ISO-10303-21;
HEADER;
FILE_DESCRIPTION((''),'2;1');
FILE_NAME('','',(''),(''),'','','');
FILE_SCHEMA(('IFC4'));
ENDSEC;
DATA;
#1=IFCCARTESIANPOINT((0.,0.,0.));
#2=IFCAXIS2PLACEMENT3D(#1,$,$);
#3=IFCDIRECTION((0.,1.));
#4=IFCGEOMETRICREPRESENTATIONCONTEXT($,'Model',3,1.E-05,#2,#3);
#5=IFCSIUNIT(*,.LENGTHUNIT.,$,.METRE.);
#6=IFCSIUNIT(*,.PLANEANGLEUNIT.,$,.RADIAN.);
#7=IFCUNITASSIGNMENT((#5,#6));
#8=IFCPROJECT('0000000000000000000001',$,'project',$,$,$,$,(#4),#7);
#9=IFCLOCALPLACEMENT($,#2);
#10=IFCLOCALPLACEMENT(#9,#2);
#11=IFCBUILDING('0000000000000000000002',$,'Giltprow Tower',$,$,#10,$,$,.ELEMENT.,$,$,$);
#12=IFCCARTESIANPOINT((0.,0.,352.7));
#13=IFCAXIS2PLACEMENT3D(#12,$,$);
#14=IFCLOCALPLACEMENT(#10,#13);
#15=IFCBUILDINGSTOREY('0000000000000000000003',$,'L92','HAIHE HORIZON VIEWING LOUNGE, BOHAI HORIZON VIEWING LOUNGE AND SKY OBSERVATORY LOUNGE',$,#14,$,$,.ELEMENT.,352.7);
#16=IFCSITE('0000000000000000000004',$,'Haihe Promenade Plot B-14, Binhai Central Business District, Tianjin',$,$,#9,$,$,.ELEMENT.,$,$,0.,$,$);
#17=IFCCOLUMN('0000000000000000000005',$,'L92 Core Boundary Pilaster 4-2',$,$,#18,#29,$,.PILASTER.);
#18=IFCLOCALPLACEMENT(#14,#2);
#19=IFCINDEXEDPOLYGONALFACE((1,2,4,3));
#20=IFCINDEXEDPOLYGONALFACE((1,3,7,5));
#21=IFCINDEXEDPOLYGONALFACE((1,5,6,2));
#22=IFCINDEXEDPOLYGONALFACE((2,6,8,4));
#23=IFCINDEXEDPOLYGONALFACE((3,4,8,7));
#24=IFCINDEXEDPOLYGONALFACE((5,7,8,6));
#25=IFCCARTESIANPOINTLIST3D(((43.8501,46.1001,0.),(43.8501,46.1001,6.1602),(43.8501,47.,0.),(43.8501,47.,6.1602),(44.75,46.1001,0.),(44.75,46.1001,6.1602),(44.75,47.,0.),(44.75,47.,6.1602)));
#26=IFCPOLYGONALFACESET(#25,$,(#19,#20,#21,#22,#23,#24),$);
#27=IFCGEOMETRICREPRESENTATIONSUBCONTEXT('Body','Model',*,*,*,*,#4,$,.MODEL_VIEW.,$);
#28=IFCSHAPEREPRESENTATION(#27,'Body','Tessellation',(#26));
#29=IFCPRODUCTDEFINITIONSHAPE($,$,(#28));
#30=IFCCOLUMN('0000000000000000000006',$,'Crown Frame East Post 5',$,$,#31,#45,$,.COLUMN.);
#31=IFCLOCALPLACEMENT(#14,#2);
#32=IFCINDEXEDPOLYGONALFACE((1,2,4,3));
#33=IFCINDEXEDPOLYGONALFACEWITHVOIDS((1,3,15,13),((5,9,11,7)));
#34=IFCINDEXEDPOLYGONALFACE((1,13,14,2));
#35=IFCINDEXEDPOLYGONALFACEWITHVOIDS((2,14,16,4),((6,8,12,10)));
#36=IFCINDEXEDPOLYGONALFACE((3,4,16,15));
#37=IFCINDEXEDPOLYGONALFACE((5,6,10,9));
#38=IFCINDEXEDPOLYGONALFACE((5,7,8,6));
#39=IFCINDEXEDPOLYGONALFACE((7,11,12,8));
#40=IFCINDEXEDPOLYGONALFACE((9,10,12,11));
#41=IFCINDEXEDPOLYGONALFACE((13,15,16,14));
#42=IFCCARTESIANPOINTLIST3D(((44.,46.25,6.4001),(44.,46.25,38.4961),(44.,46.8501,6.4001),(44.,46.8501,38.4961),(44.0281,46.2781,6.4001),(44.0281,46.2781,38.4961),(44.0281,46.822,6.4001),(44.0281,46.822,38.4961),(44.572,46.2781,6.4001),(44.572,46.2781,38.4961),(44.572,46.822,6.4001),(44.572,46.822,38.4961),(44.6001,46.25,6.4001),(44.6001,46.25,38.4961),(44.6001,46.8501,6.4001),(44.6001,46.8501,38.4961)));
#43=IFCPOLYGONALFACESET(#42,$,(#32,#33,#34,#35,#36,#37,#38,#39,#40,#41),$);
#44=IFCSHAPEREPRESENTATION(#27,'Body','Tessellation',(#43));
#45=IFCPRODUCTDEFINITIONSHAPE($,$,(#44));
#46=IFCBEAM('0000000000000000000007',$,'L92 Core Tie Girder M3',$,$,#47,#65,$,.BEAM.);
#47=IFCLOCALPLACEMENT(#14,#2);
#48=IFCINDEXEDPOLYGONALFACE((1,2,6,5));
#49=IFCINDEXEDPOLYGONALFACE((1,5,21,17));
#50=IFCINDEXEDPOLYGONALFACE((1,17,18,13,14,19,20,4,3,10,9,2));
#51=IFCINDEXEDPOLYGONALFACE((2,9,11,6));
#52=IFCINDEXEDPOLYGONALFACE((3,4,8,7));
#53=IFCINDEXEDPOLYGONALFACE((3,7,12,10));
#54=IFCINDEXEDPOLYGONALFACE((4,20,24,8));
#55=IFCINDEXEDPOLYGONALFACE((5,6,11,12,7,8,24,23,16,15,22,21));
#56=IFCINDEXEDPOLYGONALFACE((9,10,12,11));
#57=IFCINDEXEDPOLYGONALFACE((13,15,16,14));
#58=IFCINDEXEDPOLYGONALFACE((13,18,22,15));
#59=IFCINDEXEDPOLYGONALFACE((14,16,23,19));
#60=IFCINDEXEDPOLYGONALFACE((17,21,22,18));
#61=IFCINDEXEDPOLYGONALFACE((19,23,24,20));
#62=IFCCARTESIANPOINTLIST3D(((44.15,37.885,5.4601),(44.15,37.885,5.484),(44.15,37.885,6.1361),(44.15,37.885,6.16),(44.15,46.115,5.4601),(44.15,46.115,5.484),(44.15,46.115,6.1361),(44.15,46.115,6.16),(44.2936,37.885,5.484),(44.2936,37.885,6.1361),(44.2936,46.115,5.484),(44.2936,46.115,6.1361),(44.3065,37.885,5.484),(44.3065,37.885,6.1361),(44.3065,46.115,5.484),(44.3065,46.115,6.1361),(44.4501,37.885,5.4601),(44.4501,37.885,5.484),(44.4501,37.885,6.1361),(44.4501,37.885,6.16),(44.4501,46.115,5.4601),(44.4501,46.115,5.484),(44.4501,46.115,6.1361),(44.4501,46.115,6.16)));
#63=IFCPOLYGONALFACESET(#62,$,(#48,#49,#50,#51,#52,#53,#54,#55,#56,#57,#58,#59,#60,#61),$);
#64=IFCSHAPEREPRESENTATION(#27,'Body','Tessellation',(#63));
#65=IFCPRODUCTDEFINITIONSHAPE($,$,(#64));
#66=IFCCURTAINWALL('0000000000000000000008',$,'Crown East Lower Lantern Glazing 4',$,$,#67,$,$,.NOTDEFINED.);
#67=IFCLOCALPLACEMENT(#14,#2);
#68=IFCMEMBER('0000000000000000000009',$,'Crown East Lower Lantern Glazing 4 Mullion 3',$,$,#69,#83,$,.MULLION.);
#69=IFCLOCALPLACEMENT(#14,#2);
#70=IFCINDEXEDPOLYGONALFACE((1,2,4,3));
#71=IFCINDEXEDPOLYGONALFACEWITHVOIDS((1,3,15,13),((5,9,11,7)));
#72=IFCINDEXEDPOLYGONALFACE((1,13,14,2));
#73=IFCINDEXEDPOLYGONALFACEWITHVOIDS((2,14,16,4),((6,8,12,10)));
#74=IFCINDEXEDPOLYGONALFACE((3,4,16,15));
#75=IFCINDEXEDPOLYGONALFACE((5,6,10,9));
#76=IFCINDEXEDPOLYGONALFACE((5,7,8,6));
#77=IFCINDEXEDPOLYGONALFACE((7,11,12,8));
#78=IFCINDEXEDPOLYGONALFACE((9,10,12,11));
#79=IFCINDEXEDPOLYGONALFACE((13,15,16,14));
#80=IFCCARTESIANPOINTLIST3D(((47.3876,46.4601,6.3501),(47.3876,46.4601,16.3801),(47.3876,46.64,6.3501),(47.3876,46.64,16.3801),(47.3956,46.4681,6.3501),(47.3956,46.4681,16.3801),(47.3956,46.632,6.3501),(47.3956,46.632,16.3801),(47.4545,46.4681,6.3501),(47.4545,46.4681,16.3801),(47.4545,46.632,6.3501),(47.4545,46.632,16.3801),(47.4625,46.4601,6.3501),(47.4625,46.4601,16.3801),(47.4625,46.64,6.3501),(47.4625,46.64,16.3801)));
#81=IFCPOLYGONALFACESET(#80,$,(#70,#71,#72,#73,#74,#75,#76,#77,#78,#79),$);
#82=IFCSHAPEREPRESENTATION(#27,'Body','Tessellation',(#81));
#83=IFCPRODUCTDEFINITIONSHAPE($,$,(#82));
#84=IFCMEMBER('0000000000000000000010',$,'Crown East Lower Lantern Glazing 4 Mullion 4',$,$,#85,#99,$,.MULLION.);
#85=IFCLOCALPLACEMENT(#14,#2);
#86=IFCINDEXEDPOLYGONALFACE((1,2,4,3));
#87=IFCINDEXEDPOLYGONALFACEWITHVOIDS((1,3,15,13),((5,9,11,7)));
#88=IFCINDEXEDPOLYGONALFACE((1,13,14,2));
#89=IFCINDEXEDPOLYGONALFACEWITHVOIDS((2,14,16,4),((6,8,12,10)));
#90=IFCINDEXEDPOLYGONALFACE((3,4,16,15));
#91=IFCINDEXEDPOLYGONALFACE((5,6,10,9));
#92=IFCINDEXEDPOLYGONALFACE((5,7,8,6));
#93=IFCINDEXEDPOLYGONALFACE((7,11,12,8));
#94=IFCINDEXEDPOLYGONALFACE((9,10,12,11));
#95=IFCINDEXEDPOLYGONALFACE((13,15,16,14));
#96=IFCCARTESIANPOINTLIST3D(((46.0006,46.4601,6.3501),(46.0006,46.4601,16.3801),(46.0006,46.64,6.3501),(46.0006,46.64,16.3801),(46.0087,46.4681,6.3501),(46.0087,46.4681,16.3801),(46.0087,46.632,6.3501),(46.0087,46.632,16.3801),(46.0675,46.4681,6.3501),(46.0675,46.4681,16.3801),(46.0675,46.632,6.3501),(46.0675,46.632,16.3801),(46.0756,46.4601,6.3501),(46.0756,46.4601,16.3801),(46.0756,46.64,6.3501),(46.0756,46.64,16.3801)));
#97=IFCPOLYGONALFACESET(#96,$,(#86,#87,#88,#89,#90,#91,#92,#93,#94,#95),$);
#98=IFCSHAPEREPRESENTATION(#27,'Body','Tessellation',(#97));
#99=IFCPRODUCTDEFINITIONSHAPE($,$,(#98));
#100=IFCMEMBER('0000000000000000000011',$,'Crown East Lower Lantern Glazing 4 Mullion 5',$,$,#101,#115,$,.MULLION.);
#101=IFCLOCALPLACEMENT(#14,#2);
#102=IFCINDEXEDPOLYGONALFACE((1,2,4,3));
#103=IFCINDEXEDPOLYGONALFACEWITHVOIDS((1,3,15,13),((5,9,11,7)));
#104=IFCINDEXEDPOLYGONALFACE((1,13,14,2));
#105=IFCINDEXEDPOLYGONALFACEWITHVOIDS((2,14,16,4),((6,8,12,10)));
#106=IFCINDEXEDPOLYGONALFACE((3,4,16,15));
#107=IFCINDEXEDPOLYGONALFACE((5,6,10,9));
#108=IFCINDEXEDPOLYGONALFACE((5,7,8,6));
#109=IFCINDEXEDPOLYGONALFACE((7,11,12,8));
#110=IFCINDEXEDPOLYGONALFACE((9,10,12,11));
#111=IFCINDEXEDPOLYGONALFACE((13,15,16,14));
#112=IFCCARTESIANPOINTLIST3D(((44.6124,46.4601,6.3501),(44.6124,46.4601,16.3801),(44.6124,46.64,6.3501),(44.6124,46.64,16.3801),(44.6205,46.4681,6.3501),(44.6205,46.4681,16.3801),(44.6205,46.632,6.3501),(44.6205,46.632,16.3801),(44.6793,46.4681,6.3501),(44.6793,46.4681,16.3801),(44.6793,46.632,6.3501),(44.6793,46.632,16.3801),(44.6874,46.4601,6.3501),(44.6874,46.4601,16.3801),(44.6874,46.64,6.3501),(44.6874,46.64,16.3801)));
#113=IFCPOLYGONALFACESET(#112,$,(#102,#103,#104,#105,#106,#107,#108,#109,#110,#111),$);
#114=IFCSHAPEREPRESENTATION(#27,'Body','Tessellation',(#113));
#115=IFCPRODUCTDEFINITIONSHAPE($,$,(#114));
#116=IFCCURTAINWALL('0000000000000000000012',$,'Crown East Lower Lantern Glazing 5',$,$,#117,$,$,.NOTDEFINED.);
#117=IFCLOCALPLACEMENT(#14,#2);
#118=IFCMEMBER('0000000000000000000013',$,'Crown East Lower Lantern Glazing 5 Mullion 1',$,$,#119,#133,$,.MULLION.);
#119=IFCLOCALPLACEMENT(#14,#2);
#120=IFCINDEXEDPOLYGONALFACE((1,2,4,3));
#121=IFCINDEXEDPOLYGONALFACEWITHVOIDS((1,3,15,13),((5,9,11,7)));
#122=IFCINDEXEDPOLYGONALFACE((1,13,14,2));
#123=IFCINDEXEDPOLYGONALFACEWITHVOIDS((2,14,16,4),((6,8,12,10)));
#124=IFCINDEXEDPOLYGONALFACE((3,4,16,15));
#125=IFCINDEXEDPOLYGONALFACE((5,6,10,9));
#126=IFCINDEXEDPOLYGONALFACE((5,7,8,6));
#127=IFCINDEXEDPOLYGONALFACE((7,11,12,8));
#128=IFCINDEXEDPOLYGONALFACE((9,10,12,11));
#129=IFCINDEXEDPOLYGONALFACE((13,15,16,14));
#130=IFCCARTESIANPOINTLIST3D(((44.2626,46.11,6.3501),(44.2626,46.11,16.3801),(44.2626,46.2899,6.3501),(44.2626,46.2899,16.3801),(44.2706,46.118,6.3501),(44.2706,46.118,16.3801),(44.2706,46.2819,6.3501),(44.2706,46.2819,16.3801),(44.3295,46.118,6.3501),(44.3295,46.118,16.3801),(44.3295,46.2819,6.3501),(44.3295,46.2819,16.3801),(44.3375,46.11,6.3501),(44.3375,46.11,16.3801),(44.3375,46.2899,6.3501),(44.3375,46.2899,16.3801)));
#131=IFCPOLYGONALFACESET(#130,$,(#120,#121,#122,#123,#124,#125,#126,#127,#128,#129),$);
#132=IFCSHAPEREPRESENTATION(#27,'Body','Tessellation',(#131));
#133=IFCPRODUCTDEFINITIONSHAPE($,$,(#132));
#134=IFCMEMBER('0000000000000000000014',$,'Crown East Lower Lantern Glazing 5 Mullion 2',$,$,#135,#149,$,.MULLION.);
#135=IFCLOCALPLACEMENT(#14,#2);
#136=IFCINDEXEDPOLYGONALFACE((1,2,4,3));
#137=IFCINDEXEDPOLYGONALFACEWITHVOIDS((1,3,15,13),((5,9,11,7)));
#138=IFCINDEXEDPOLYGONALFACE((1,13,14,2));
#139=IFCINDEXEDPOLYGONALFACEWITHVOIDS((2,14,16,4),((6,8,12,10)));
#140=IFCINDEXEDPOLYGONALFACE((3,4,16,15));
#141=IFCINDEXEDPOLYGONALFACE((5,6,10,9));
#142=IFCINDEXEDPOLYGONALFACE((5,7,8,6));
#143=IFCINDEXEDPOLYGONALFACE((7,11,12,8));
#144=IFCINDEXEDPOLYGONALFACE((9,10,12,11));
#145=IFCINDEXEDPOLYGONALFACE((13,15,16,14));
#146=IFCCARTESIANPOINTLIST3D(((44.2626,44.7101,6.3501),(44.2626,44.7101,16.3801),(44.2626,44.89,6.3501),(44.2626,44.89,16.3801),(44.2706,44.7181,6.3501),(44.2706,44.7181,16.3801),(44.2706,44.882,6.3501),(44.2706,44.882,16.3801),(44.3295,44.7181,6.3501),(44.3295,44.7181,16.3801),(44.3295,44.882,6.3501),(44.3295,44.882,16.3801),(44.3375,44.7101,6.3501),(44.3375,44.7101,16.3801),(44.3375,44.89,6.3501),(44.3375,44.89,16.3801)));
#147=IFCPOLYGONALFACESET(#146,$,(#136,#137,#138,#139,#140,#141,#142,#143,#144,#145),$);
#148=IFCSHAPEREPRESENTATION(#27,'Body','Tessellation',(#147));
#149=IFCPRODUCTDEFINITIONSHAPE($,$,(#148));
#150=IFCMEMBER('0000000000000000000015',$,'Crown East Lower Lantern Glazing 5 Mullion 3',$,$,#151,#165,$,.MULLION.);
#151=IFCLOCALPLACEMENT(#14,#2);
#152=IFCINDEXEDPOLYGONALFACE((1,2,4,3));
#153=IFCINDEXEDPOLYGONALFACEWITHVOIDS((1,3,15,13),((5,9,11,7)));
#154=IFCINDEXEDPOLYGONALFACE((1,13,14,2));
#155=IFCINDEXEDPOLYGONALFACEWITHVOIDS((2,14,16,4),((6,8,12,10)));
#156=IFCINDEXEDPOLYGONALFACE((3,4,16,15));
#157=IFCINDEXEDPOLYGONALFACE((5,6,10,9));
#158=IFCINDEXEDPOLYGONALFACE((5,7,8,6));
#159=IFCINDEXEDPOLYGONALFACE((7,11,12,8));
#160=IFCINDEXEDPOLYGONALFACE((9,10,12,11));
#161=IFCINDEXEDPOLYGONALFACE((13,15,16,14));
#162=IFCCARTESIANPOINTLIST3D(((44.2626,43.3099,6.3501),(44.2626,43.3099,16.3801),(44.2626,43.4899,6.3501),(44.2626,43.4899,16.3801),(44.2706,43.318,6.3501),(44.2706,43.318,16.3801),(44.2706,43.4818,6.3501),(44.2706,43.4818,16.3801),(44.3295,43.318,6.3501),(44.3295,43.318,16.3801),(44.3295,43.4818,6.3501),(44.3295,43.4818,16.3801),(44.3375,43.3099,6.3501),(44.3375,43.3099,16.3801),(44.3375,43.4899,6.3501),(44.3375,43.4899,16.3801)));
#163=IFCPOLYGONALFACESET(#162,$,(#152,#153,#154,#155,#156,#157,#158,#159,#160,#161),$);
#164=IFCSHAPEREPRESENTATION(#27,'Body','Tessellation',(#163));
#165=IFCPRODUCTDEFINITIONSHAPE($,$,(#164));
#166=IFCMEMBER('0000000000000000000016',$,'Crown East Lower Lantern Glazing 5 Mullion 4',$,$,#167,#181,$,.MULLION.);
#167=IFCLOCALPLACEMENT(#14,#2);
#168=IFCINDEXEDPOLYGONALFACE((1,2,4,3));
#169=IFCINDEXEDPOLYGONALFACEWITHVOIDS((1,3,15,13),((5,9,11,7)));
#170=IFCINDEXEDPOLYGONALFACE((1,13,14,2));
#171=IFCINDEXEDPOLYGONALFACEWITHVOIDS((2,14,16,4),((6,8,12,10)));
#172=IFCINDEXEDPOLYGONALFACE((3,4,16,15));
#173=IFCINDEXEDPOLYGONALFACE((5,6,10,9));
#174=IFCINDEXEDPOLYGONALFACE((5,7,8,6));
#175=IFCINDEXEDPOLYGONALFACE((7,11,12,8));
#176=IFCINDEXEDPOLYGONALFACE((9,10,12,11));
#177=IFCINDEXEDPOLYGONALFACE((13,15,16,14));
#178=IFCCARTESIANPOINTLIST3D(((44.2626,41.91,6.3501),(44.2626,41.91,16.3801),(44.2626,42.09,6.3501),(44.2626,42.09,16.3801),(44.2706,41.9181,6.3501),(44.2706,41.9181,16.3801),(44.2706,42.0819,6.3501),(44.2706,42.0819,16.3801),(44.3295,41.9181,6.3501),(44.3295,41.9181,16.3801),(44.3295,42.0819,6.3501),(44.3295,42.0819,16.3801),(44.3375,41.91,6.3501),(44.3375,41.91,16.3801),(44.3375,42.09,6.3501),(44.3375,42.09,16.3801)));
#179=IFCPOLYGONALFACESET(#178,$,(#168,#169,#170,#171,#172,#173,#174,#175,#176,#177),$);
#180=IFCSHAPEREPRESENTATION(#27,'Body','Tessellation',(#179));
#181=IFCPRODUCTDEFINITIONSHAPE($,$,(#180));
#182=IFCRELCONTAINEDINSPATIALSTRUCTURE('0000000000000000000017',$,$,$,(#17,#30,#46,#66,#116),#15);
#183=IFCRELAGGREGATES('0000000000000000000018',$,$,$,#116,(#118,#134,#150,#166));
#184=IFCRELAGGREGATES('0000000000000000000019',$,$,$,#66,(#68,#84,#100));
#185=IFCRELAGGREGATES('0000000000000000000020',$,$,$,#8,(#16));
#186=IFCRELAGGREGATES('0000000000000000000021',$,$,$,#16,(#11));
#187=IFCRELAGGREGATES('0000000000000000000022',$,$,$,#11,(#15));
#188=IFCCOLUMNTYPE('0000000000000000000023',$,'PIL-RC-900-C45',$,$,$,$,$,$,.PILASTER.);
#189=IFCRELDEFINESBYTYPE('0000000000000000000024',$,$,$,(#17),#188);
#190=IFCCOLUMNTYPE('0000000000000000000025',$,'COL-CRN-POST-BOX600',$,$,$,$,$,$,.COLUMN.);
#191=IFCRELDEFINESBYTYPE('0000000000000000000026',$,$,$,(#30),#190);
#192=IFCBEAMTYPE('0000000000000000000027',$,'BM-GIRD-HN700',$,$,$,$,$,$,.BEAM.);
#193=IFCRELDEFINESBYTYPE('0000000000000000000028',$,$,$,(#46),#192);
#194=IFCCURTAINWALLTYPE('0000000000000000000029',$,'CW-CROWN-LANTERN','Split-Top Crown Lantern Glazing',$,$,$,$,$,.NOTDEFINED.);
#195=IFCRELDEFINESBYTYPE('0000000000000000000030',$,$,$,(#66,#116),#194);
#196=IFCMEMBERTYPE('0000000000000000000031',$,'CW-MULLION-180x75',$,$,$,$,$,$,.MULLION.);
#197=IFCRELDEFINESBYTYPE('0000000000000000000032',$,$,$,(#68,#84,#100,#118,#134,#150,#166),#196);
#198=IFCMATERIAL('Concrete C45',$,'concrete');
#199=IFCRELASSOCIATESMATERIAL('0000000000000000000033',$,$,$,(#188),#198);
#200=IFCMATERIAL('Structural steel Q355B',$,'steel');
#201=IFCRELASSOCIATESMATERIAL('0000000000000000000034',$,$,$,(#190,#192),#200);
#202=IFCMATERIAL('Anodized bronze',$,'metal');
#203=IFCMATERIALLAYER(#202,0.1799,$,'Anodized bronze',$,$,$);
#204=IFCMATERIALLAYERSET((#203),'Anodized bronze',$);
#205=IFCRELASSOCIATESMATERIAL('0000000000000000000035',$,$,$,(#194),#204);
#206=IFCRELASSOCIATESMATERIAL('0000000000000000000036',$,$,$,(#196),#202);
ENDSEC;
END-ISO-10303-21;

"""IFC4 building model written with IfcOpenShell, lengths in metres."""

from ifc_helpers import new_model, si_unit, direction, frame, origin, origin_2d, place, context, subcontext, project, spatial, rectangle, hollow_rectangle, i_section, extrude, source, transform, mapped, material, layer, layer_set, material_profile, profile_set, type_object, element, aggregate, save


model = new_model("IFC4")

# Units and contexts
model_context = context("Model", 3, precision=1e-05, world=origin(), true_north=direction((0.0, 1.0)))
body_context = subcontext(model_context, "Body", "Model", "MODEL_VIEW")
ifc_project = project(units=[si_unit("LENGTHUNIT", "METRE"), si_unit("PLANEANGLEUNIT", "RADIAN")], contexts=[model_context])

# Site, building, storey
site_placement = place(None, origin())
site = spatial("IfcSite", under=ifc_project, at=site_placement, Name="Haihe Promenade Plot B-14, Binhai Central Business District, Tianjin", CompositionType="ELEMENT", RefElevation=0.0)
building_placement = place(site_placement, origin())
building = spatial("IfcBuilding", under=site, at=building_placement, Name="Giltprow Tower", CompositionType="ELEMENT")
storey_placement = place(building_placement, frame((0.0, 0.0, 352.7)))
storey = spatial("IfcBuildingStorey", under=building, at=storey_placement, Name="L92", Description="HAIHE HORIZON VIEWING LOUNGE, BOHAI HORIZON VIEWING LOUNGE AND SKY OBSERVATORY LOUNGE", CompositionType="ELEMENT", Elevation=352.7)

# Columns
ifc_material_1 = material(Name="Concrete C45", Category="concrete")
ifc_material_profile_1 = material_profile(ifc_material_1, rectangle(XDim=0.8999, YDim=0.8999, at=origin_2d()), Name="RC 900x900")
ifc_profile_set_1 = profile_set([ifc_material_profile_1], Name="Concrete C45")
column_type_1 = type_object("IfcColumnType", Name="PIL-RC-900-C45", PredefinedType="PILASTER", material=ifc_profile_set_1)
shared_shape_1 = source(origin(), body_context, "Body", "SweptSolid", [
    extrude(rectangle(XDim=0.8999, YDim=0.8999, at=origin_2d()), origin(), (0.0, 0.0, 1.0), 6.1602),
])
column_1_placement = place(storey_placement, frame((44.3, 46.55, 0.0), z_axis=(0.0, 0.0, 1.0), x_axis=(1.0, 0.0, 0.0)))
element("IfcColumn", 1, at=column_1_placement, inside=storey, type_object=column_type_1, Name="L92 Core Boundary Pilaster 4-2", PredefinedType="PILASTER", context=body_context, shape_type="MappedRepresentation", body=[
    mapped(shared_shape_1, transform((0.0, 0.0, 0.0), x_axis=(1.0, 0.0, 0.0), y_axis=(0.0, 1.0, 0.0), z_axis=(0.0, 0.0, 1.0), scale=1.0)),
])
ifc_material_2 = material(Name="Structural steel Q355B", Category="steel")
ifc_material_profile_2 = material_profile(ifc_material_2, hollow_rectangle(XDim=0.6001, YDim=0.6001, WallThickness=0.0281, at=origin_2d()), Name="BOX 600x600x28")
ifc_profile_set_2 = profile_set([ifc_material_profile_2], Name="Structural steel Q355B")
column_type_2 = type_object("IfcColumnType", Name="COL-CRN-POST-BOX600", PredefinedType="COLUMN", material=ifc_profile_set_2)
shared_shape_2 = source(origin(), body_context, "Body", "SweptSolid", [
    extrude(hollow_rectangle(XDim=0.6001, YDim=0.6001, WallThickness=0.0281, at=origin_2d()), origin(), (0.0, 0.0, 1.0), 32.0959),
])
column_2_placement = place(storey_placement, frame((44.3, 46.55, 6.4001), z_axis=(0.0, 0.0, 1.0), x_axis=(1.0, 0.0, 0.0)))
element("IfcColumn", 2, at=column_2_placement, inside=storey, type_object=column_type_2, Name="Crown Frame East Post 5", PredefinedType="COLUMN", context=body_context, shape_type="MappedRepresentation", body=[
    mapped(shared_shape_2, transform((0.0, 0.0, 0.0), x_axis=(1.0, 0.0, 0.0), y_axis=(0.0, 1.0, 0.0), z_axis=(0.0, 0.0, 1.0), scale=1.0)),
])

# Beam
ifc_material_profile_3 = material_profile(ifc_material_2, i_section(OverallWidth=0.3, OverallDepth=0.7, WebThickness=0.0129, FlangeThickness=0.0239, at=origin_2d()), Name="HN 700x300x13x24")
ifc_profile_set_3 = profile_set([ifc_material_profile_3], Name="Structural steel Q355B")
beam_type = type_object("IfcBeamType", Name="BM-GIRD-HN700", PredefinedType="BEAM", material=ifc_profile_set_3)
shared_shape_3 = source(origin(), body_context, "Body", "SweptSolid", [
    extrude(i_section(OverallWidth=0.3, OverallDepth=0.7, WebThickness=0.0129, FlangeThickness=0.0239, at=origin_2d()), origin(), (0.0, 0.0, 1.0), 8.23),
])
beam_placement = place(storey_placement, frame((44.3, 37.885, 5.8101), z_axis=(0.0, 1.0, 0.0), x_axis=(-1.0, 0.0, 0.0)))
element("IfcBeam", 3, at=beam_placement, inside=storey, type_object=beam_type, Name="L92 Core Tie Girder M3", PredefinedType="BEAM", context=body_context, shape_type="MappedRepresentation", body=[
    mapped(shared_shape_3, transform((0.0, 0.0, 0.0), x_axis=(1.0, 0.0, 0.0), y_axis=(0.0, 1.0, 0.0), z_axis=(0.0, 0.0, 1.0), scale=1.0)),
])

# Curtain wall, members
ifc_material_3 = material(Name="Anodized bronze", Category="metal")
ifc_layer_1 = layer(ifc_material_3, 0.1799, Name="Anodized bronze")
ifc_layer_set_1 = layer_set([ifc_layer_1], Name="Anodized bronze")
curtain_wall_type = type_object("IfcCurtainWallType", Name="CW-CROWN-LANTERN", Description="Split-Top Crown Lantern Glazing", PredefinedType="NOTDEFINED", material=ifc_layer_set_1)
curtain_wall_1_placement = place(storey_placement, origin())
curtain_wall_1 = element("IfcCurtainWall", 4, at=curtain_wall_1_placement, inside=storey, type_object=curtain_wall_type, Name="Crown East Lower Lantern Glazing 4", PredefinedType="NOTDEFINED")
ifc_material_profile_4 = material_profile(ifc_material_3, hollow_rectangle(XDim=0.075, YDim=0.1799, WallThickness=0.0081, at=origin_2d()), Name="RHS 180x75x8")
ifc_profile_set_4 = profile_set([ifc_material_profile_4], Name="Anodized bronze")
member_type_1 = type_object("IfcMemberType", Name="CW-MULLION-180x75", PredefinedType="MULLION", material=ifc_profile_set_4)
shared_shape_4 = source(origin(), body_context, "Body", "SweptSolid", [
    extrude(hollow_rectangle(XDim=0.075, YDim=0.1799, WallThickness=0.0081, at=origin_2d()), origin(), (0.0, 0.0, 1.0), 10.03),
])
member_1_placement = place(storey_placement, frame((47.425, 46.55, 6.3501), z_axis=(0.0, 0.0, 1.0), x_axis=(1.0, 0.0, 0.0)))
member_1 = element("IfcMember", 5, at=member_1_placement, type_object=member_type_1, Name="Crown East Lower Lantern Glazing 4 Mullion 3", PredefinedType="MULLION", context=body_context, shape_type="MappedRepresentation", body=[
    mapped(shared_shape_4, transform((0.0, 0.0, 0.0), x_axis=(1.0, 0.0, 0.0), y_axis=(0.0, 1.0, 0.0), z_axis=(0.0, 0.0, 1.0), scale=1.0)),
])
member_2_placement = place(storey_placement, frame((46.0381, 46.55, 6.3501), z_axis=(0.0, 0.0, 1.0), x_axis=(1.0, 0.0, 0.0)))
member_2 = element("IfcMember", 6, at=member_2_placement, type_object=member_type_1, Name="Crown East Lower Lantern Glazing 4 Mullion 4", PredefinedType="MULLION", context=body_context, shape_type="MappedRepresentation", body=[
    mapped(shared_shape_4, transform((0.0, 0.0, 0.0), x_axis=(1.0, 0.0, 0.0), y_axis=(0.0, 1.0, 0.0), z_axis=(0.0, 0.0, 1.0), scale=1.0)),
])
member_3_placement = place(storey_placement, frame((44.6499, 46.55, 6.3501), z_axis=(0.0, 0.0, 1.0), x_axis=(1.0, 0.0, 0.0)))
member_3 = element("IfcMember", 7, at=member_3_placement, type_object=member_type_1, Name="Crown East Lower Lantern Glazing 4 Mullion 5", PredefinedType="MULLION", context=body_context, shape_type="MappedRepresentation", body=[
    mapped(shared_shape_4, transform((0.0, 0.0, 0.0), x_axis=(1.0, 0.0, 0.0), y_axis=(0.0, 1.0, 0.0), z_axis=(0.0, 0.0, 1.0), scale=1.0)),
])

# Curtain wall, members
curtain_wall_2_placement = place(storey_placement, origin())
curtain_wall_2 = element("IfcCurtainWall", 8, at=curtain_wall_2_placement, inside=storey, type_object=curtain_wall_type, Name="Crown East Lower Lantern Glazing 5", PredefinedType="NOTDEFINED")
member_4_placement = place(storey_placement, frame((44.3, 46.2, 6.3501), z_axis=(0.0, 0.0, 1.0), x_axis=(1.0, 0.0, 0.0)))
member_4 = element("IfcMember", 9, at=member_4_placement, type_object=member_type_1, Name="Crown East Lower Lantern Glazing 5 Mullion 1", PredefinedType="MULLION", context=body_context, shape_type="MappedRepresentation", body=[
    mapped(shared_shape_4, transform((0.0, 0.0, 0.0), x_axis=(1.0, 0.0, 0.0), y_axis=(0.0, 1.0, 0.0), z_axis=(0.0, 0.0, 1.0), scale=1.0)),
])
member_5_placement = place(storey_placement, frame((44.3, 44.8, 6.3501), z_axis=(0.0, 0.0, 1.0), x_axis=(1.0, 0.0, 0.0)))
member_5 = element("IfcMember", 10, at=member_5_placement, type_object=member_type_1, Name="Crown East Lower Lantern Glazing 5 Mullion 2", PredefinedType="MULLION", context=body_context, shape_type="MappedRepresentation", body=[
    mapped(shared_shape_4, transform((0.0, 0.0, 0.0), x_axis=(1.0, 0.0, 0.0), y_axis=(0.0, 1.0, 0.0), z_axis=(0.0, 0.0, 1.0), scale=1.0)),
])
member_6_placement = place(storey_placement, frame((44.3, 43.3999, 6.3501), z_axis=(0.0, 0.0, 1.0), x_axis=(1.0, 0.0, 0.0)))
member_6 = element("IfcMember", 11, at=member_6_placement, type_object=member_type_1, Name="Crown East Lower Lantern Glazing 5 Mullion 3", PredefinedType="MULLION", context=body_context, shape_type="MappedRepresentation", body=[
    mapped(shared_shape_4, transform((0.0, 0.0, 0.0), x_axis=(1.0, 0.0, 0.0), y_axis=(0.0, 1.0, 0.0), z_axis=(0.0, 0.0, 1.0), scale=1.0)),
])
member_7_placement = place(storey_placement, frame((44.3, 42.0, 6.3501), z_axis=(0.0, 0.0, 1.0), x_axis=(1.0, 0.0, 0.0)))
member_7 = element("IfcMember", 12, at=member_7_placement, type_object=member_type_1, Name="Crown East Lower Lantern Glazing 5 Mullion 4", PredefinedType="MULLION", context=body_context, shape_type="MappedRepresentation", body=[
    mapped(shared_shape_4, transform((0.0, 0.0, 0.0), x_axis=(1.0, 0.0, 0.0), y_axis=(0.0, 1.0, 0.0), z_axis=(0.0, 0.0, 1.0), scale=1.0)),
])
aggregate(curtain_wall_2, [member_4, member_5, member_6, member_7])

aggregate(curtain_wall_1, [member_1, member_2, member_3])

save(model, "model.ifc")
